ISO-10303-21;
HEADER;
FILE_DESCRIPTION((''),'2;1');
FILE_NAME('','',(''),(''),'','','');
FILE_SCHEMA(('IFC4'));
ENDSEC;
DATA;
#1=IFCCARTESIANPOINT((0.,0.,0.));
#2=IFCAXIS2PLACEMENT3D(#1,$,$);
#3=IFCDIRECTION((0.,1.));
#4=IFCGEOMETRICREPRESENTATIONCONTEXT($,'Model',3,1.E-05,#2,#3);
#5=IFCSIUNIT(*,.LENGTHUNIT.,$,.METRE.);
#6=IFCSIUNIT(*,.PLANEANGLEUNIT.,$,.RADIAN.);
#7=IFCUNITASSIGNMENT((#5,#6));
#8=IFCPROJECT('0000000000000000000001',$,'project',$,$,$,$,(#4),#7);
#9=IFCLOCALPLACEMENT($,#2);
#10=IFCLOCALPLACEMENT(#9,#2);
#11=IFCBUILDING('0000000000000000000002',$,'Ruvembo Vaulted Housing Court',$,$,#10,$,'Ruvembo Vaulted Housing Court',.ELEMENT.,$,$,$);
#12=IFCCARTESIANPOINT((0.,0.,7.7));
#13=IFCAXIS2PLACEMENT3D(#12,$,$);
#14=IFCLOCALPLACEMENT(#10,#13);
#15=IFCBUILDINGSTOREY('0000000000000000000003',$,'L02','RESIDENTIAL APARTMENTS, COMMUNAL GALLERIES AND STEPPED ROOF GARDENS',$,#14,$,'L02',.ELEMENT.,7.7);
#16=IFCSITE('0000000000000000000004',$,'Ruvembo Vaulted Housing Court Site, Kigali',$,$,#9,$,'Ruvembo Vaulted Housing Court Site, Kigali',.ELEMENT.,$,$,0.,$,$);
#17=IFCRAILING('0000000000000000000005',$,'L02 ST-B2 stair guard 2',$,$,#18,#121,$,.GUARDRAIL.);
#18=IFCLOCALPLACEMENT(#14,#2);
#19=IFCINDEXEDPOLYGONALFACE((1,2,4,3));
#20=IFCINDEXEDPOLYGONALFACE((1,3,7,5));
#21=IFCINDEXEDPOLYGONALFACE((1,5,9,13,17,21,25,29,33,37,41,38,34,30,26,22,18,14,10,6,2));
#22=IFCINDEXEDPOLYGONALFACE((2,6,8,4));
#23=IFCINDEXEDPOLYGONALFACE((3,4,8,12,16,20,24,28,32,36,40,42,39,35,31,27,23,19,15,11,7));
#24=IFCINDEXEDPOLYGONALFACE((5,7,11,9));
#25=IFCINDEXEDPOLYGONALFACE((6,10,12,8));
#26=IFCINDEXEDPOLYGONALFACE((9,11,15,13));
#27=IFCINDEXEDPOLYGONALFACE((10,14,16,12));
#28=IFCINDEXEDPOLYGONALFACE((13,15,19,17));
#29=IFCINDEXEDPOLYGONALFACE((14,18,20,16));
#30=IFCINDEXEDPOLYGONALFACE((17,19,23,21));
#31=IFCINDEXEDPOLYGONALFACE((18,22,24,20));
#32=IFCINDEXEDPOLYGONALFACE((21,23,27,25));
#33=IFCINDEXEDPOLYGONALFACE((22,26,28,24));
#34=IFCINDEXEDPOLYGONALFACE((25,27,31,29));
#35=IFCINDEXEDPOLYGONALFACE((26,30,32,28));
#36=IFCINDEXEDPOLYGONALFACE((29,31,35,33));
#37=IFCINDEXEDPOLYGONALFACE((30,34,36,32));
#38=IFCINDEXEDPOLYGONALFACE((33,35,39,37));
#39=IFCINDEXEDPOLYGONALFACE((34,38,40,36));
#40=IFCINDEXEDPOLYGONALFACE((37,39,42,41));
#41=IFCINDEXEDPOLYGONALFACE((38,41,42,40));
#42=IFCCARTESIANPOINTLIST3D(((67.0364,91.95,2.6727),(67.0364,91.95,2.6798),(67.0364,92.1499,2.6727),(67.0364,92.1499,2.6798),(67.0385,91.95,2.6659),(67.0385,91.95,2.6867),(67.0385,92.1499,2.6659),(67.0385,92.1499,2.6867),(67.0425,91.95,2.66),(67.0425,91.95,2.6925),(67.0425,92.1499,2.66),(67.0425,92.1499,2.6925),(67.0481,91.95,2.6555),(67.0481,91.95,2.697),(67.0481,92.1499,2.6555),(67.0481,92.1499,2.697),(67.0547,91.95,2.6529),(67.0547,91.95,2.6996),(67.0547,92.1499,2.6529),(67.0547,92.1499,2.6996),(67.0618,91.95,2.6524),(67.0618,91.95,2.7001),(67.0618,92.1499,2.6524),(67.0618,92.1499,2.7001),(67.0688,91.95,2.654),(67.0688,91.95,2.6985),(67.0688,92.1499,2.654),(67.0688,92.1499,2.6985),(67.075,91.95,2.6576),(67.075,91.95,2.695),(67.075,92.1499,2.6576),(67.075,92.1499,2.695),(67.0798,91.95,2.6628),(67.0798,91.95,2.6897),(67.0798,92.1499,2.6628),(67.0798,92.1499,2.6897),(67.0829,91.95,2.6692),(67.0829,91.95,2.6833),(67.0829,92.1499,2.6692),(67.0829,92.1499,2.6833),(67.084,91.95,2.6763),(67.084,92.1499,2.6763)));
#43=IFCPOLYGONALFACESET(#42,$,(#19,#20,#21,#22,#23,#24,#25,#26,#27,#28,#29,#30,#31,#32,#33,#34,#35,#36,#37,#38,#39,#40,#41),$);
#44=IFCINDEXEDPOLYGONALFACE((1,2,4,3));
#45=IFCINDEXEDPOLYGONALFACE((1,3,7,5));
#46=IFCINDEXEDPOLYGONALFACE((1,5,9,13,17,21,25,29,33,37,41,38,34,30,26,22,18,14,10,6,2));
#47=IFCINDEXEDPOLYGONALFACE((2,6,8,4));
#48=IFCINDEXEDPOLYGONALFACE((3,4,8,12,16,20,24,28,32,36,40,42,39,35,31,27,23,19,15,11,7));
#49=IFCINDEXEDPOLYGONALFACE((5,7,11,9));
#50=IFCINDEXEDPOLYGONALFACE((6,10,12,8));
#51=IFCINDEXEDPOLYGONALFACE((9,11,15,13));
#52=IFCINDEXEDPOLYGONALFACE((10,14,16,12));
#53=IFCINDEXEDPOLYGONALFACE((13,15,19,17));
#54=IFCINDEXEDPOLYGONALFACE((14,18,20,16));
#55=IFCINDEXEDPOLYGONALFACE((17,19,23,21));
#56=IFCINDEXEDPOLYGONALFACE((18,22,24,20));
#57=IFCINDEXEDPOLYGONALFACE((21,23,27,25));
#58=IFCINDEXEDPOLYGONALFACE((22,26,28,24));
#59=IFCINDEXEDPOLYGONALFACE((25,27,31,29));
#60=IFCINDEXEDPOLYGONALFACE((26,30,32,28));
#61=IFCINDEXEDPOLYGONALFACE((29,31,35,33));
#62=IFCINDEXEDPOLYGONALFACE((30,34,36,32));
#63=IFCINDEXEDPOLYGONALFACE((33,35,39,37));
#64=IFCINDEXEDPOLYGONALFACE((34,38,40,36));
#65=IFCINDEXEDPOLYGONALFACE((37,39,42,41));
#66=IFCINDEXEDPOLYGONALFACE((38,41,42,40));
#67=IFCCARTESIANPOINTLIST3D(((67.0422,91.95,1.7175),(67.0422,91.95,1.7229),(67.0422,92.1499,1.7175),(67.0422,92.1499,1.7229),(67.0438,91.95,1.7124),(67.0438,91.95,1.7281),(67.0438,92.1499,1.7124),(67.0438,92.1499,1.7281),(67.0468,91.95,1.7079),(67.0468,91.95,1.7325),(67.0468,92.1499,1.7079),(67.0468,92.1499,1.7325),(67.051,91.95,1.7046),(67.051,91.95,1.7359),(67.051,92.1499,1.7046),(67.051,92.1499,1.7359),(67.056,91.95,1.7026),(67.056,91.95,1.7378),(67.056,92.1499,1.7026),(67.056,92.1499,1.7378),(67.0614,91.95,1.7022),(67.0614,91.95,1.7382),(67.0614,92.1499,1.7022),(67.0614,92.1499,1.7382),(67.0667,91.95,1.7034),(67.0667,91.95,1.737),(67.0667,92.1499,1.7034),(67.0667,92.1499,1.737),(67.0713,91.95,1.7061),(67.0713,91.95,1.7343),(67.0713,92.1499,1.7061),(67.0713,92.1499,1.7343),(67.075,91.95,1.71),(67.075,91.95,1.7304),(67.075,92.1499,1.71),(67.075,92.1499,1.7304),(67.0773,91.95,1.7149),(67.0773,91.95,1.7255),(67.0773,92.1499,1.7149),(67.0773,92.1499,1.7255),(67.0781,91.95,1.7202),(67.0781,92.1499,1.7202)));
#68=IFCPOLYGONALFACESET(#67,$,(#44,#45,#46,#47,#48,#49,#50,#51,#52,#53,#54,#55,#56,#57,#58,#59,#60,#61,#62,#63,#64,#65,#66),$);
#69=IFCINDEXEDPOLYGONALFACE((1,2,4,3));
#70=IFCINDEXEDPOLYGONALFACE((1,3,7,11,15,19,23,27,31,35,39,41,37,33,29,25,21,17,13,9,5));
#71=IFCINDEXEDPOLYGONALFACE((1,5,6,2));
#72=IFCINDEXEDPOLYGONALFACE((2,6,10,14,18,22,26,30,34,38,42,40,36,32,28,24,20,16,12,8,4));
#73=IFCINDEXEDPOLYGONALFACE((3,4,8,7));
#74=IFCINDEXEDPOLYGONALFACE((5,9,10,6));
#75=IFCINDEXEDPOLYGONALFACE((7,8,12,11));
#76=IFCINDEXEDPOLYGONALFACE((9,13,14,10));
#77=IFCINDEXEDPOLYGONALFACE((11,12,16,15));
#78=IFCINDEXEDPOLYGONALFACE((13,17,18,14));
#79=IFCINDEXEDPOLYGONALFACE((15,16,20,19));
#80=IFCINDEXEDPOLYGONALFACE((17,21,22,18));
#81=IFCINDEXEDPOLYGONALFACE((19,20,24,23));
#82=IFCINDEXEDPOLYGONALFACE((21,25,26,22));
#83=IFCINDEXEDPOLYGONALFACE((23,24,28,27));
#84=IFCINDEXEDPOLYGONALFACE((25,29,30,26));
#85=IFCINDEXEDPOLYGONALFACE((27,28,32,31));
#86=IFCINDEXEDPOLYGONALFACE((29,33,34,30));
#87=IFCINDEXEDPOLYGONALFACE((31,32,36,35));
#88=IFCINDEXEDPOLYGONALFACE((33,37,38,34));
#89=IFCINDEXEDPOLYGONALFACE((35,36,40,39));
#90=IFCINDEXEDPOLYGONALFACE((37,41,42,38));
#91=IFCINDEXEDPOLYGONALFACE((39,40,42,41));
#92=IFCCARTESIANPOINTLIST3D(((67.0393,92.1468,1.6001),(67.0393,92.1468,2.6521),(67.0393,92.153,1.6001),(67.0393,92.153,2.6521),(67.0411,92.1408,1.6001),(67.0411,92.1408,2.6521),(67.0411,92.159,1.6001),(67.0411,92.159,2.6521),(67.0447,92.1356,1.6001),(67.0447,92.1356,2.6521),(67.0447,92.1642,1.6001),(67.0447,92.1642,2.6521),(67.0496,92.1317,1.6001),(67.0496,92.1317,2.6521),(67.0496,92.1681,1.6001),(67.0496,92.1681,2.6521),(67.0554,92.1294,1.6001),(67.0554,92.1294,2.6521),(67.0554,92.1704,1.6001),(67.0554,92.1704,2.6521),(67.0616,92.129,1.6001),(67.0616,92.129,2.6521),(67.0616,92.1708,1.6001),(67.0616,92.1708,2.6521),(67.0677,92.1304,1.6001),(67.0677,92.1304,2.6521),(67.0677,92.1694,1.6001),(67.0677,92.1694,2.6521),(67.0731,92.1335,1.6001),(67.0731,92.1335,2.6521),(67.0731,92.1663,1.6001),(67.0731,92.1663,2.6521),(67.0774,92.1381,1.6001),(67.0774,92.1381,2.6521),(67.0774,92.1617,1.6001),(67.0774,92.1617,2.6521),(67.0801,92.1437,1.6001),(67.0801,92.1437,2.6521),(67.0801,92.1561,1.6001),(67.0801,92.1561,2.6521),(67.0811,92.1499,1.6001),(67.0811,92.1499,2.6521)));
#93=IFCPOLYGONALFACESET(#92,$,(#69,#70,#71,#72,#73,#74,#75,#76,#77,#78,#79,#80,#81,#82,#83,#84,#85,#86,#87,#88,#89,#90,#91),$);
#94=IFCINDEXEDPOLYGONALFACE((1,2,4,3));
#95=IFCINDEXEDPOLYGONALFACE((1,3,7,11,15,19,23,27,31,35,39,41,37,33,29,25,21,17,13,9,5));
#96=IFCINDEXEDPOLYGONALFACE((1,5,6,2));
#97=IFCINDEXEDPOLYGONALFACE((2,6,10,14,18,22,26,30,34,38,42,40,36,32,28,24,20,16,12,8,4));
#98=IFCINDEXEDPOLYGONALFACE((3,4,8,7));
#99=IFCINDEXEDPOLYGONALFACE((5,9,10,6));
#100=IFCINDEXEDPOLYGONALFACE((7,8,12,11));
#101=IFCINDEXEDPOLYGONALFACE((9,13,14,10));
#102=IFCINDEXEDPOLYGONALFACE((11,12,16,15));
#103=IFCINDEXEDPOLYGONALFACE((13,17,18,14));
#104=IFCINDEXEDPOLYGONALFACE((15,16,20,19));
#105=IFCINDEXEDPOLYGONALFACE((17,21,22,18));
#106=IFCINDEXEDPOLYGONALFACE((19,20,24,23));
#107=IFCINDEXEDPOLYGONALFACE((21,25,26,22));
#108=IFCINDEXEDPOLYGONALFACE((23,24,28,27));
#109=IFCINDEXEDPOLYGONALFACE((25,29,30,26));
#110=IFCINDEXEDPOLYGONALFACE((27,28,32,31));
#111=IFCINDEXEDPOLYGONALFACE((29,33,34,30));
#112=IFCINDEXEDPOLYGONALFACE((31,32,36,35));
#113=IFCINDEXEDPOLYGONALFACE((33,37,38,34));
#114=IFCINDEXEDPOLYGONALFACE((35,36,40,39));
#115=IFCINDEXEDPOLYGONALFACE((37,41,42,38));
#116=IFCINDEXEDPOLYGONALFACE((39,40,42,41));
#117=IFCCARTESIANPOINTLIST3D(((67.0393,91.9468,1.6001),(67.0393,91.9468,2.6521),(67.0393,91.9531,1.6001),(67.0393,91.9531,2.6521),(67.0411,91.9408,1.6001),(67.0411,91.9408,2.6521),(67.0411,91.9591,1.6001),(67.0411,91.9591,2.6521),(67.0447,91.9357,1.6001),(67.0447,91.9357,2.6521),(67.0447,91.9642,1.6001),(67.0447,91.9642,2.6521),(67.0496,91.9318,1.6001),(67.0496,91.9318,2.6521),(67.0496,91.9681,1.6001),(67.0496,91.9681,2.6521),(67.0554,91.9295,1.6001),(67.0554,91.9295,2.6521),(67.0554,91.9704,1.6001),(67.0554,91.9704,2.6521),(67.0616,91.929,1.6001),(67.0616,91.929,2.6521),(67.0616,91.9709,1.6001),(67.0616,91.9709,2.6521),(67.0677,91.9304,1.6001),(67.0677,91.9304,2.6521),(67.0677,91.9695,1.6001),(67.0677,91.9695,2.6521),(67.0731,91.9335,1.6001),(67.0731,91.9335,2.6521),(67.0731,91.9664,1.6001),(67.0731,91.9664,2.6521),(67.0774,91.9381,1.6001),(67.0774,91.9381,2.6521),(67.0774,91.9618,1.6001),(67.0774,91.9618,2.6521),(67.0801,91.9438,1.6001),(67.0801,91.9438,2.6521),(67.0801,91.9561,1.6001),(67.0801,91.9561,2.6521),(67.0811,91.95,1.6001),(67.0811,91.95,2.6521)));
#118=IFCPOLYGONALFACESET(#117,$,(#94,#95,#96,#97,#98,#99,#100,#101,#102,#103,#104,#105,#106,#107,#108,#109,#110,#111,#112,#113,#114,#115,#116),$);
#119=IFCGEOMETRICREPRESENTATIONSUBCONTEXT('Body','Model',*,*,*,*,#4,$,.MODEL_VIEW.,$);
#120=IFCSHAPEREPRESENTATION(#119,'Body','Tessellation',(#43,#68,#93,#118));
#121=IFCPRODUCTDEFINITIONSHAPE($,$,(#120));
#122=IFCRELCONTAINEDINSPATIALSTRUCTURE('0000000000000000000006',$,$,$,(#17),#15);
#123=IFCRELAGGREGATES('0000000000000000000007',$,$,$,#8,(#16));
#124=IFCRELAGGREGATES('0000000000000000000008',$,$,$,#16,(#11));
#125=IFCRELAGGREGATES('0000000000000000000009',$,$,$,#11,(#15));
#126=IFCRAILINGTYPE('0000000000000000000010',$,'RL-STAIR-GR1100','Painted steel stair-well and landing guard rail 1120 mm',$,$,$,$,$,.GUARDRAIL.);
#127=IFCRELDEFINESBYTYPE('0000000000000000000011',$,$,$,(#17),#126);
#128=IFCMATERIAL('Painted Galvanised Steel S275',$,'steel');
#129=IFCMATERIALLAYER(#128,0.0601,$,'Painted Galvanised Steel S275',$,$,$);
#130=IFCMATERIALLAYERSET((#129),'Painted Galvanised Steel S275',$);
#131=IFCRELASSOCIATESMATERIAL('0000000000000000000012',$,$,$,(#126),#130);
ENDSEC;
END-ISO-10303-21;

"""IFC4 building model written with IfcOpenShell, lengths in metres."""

from ifc_helpers import new_model, si_unit, direction, frame, origin, origin_2d, place, context, subcontext, project, spatial, circle, extrude, material, layer, layer_set, type_object, element, save


model = new_model("IFC4")

# Units and contexts
model_context = context("Model", 3, precision=1e-05, world=origin(), true_north=direction((0.0, 1.0)))
body_context = subcontext(model_context, "Body", "Model", "MODEL_VIEW")
ifc_project = project(units=[si_unit("LENGTHUNIT", "METRE"), si_unit("PLANEANGLEUNIT", "RADIAN")], contexts=[model_context])

# Site, building, storey
site_placement = place(None, origin())
site = spatial("IfcSite", under=ifc_project, at=site_placement, Name="Ruvembo Vaulted Housing Court Site, Kigali", LongName="Ruvembo Vaulted Housing Court Site, Kigali", CompositionType="ELEMENT", RefElevation=0.0)
building_placement = place(site_placement, origin())
building = spatial("IfcBuilding", under=site, at=building_placement, Name="Ruvembo Vaulted Housing Court", LongName="Ruvembo Vaulted Housing Court", CompositionType="ELEMENT")
storey_placement = place(building_placement, frame((0.0, 0.0, 7.7)))
storey = spatial("IfcBuildingStorey", under=building, at=storey_placement, Name="L02", Description="RESIDENTIAL APARTMENTS, COMMUNAL GALLERIES AND STEPPED ROOF GARDENS", LongName="L02", CompositionType="ELEMENT", Elevation=7.7)

# Railing
ifc_material_1 = material(Name="Painted Galvanised Steel S275", Category="steel")
ifc_layer_1 = layer(ifc_material_1, 0.0601, Name="Painted Galvanised Steel S275")
ifc_layer_set_1 = layer_set([ifc_layer_1], Name="Painted Galvanised Steel S275")
railing_type_1 = type_object("IfcRailingType", Name="RL-STAIR-GR1100", Description="Painted steel stair-well and landing guard rail 1120 mm", PredefinedType="GUARDRAIL", material=ifc_layer_set_1)
railing_1_placement = place(storey_placement, frame((67.0601, 92.1499, 1.6001)))
element("IfcRailing", 1, at=railing_1_placement, inside=storey, type_object=railing_type_1, Name="L02 ST-B2 stair guard 2", PredefinedType="GUARDRAIL", context=body_context, shape_type="SweptSolid", body=[
    extrude(circle(Radius=0.0239, at=origin_2d()), frame((0.0, 0.0, 1.0762), z_axis=(0.0, -1.0, 0.0), x_axis=(1.0, 0.0, 0.0)), (0.0, 0.0, 1.0), 0.2),
    extrude(circle(Radius=0.0181, at=origin_2d()), frame((0.0, 0.0, 0.1201), z_axis=(0.0, -1.0, 0.0), x_axis=(1.0, 0.0, 0.0)), (0.0, 0.0, 1.0), 0.2),
    extrude(circle(Radius=0.021, at=origin_2d()), origin(), (0.0, 0.0, 1.0), 1.052),
    extrude(circle(Radius=0.021, at=origin_2d()), frame((0.0, -0.2, 0.0)), (0.0, 0.0, 1.0), 1.052),
])

save(model, "model.ifc")
